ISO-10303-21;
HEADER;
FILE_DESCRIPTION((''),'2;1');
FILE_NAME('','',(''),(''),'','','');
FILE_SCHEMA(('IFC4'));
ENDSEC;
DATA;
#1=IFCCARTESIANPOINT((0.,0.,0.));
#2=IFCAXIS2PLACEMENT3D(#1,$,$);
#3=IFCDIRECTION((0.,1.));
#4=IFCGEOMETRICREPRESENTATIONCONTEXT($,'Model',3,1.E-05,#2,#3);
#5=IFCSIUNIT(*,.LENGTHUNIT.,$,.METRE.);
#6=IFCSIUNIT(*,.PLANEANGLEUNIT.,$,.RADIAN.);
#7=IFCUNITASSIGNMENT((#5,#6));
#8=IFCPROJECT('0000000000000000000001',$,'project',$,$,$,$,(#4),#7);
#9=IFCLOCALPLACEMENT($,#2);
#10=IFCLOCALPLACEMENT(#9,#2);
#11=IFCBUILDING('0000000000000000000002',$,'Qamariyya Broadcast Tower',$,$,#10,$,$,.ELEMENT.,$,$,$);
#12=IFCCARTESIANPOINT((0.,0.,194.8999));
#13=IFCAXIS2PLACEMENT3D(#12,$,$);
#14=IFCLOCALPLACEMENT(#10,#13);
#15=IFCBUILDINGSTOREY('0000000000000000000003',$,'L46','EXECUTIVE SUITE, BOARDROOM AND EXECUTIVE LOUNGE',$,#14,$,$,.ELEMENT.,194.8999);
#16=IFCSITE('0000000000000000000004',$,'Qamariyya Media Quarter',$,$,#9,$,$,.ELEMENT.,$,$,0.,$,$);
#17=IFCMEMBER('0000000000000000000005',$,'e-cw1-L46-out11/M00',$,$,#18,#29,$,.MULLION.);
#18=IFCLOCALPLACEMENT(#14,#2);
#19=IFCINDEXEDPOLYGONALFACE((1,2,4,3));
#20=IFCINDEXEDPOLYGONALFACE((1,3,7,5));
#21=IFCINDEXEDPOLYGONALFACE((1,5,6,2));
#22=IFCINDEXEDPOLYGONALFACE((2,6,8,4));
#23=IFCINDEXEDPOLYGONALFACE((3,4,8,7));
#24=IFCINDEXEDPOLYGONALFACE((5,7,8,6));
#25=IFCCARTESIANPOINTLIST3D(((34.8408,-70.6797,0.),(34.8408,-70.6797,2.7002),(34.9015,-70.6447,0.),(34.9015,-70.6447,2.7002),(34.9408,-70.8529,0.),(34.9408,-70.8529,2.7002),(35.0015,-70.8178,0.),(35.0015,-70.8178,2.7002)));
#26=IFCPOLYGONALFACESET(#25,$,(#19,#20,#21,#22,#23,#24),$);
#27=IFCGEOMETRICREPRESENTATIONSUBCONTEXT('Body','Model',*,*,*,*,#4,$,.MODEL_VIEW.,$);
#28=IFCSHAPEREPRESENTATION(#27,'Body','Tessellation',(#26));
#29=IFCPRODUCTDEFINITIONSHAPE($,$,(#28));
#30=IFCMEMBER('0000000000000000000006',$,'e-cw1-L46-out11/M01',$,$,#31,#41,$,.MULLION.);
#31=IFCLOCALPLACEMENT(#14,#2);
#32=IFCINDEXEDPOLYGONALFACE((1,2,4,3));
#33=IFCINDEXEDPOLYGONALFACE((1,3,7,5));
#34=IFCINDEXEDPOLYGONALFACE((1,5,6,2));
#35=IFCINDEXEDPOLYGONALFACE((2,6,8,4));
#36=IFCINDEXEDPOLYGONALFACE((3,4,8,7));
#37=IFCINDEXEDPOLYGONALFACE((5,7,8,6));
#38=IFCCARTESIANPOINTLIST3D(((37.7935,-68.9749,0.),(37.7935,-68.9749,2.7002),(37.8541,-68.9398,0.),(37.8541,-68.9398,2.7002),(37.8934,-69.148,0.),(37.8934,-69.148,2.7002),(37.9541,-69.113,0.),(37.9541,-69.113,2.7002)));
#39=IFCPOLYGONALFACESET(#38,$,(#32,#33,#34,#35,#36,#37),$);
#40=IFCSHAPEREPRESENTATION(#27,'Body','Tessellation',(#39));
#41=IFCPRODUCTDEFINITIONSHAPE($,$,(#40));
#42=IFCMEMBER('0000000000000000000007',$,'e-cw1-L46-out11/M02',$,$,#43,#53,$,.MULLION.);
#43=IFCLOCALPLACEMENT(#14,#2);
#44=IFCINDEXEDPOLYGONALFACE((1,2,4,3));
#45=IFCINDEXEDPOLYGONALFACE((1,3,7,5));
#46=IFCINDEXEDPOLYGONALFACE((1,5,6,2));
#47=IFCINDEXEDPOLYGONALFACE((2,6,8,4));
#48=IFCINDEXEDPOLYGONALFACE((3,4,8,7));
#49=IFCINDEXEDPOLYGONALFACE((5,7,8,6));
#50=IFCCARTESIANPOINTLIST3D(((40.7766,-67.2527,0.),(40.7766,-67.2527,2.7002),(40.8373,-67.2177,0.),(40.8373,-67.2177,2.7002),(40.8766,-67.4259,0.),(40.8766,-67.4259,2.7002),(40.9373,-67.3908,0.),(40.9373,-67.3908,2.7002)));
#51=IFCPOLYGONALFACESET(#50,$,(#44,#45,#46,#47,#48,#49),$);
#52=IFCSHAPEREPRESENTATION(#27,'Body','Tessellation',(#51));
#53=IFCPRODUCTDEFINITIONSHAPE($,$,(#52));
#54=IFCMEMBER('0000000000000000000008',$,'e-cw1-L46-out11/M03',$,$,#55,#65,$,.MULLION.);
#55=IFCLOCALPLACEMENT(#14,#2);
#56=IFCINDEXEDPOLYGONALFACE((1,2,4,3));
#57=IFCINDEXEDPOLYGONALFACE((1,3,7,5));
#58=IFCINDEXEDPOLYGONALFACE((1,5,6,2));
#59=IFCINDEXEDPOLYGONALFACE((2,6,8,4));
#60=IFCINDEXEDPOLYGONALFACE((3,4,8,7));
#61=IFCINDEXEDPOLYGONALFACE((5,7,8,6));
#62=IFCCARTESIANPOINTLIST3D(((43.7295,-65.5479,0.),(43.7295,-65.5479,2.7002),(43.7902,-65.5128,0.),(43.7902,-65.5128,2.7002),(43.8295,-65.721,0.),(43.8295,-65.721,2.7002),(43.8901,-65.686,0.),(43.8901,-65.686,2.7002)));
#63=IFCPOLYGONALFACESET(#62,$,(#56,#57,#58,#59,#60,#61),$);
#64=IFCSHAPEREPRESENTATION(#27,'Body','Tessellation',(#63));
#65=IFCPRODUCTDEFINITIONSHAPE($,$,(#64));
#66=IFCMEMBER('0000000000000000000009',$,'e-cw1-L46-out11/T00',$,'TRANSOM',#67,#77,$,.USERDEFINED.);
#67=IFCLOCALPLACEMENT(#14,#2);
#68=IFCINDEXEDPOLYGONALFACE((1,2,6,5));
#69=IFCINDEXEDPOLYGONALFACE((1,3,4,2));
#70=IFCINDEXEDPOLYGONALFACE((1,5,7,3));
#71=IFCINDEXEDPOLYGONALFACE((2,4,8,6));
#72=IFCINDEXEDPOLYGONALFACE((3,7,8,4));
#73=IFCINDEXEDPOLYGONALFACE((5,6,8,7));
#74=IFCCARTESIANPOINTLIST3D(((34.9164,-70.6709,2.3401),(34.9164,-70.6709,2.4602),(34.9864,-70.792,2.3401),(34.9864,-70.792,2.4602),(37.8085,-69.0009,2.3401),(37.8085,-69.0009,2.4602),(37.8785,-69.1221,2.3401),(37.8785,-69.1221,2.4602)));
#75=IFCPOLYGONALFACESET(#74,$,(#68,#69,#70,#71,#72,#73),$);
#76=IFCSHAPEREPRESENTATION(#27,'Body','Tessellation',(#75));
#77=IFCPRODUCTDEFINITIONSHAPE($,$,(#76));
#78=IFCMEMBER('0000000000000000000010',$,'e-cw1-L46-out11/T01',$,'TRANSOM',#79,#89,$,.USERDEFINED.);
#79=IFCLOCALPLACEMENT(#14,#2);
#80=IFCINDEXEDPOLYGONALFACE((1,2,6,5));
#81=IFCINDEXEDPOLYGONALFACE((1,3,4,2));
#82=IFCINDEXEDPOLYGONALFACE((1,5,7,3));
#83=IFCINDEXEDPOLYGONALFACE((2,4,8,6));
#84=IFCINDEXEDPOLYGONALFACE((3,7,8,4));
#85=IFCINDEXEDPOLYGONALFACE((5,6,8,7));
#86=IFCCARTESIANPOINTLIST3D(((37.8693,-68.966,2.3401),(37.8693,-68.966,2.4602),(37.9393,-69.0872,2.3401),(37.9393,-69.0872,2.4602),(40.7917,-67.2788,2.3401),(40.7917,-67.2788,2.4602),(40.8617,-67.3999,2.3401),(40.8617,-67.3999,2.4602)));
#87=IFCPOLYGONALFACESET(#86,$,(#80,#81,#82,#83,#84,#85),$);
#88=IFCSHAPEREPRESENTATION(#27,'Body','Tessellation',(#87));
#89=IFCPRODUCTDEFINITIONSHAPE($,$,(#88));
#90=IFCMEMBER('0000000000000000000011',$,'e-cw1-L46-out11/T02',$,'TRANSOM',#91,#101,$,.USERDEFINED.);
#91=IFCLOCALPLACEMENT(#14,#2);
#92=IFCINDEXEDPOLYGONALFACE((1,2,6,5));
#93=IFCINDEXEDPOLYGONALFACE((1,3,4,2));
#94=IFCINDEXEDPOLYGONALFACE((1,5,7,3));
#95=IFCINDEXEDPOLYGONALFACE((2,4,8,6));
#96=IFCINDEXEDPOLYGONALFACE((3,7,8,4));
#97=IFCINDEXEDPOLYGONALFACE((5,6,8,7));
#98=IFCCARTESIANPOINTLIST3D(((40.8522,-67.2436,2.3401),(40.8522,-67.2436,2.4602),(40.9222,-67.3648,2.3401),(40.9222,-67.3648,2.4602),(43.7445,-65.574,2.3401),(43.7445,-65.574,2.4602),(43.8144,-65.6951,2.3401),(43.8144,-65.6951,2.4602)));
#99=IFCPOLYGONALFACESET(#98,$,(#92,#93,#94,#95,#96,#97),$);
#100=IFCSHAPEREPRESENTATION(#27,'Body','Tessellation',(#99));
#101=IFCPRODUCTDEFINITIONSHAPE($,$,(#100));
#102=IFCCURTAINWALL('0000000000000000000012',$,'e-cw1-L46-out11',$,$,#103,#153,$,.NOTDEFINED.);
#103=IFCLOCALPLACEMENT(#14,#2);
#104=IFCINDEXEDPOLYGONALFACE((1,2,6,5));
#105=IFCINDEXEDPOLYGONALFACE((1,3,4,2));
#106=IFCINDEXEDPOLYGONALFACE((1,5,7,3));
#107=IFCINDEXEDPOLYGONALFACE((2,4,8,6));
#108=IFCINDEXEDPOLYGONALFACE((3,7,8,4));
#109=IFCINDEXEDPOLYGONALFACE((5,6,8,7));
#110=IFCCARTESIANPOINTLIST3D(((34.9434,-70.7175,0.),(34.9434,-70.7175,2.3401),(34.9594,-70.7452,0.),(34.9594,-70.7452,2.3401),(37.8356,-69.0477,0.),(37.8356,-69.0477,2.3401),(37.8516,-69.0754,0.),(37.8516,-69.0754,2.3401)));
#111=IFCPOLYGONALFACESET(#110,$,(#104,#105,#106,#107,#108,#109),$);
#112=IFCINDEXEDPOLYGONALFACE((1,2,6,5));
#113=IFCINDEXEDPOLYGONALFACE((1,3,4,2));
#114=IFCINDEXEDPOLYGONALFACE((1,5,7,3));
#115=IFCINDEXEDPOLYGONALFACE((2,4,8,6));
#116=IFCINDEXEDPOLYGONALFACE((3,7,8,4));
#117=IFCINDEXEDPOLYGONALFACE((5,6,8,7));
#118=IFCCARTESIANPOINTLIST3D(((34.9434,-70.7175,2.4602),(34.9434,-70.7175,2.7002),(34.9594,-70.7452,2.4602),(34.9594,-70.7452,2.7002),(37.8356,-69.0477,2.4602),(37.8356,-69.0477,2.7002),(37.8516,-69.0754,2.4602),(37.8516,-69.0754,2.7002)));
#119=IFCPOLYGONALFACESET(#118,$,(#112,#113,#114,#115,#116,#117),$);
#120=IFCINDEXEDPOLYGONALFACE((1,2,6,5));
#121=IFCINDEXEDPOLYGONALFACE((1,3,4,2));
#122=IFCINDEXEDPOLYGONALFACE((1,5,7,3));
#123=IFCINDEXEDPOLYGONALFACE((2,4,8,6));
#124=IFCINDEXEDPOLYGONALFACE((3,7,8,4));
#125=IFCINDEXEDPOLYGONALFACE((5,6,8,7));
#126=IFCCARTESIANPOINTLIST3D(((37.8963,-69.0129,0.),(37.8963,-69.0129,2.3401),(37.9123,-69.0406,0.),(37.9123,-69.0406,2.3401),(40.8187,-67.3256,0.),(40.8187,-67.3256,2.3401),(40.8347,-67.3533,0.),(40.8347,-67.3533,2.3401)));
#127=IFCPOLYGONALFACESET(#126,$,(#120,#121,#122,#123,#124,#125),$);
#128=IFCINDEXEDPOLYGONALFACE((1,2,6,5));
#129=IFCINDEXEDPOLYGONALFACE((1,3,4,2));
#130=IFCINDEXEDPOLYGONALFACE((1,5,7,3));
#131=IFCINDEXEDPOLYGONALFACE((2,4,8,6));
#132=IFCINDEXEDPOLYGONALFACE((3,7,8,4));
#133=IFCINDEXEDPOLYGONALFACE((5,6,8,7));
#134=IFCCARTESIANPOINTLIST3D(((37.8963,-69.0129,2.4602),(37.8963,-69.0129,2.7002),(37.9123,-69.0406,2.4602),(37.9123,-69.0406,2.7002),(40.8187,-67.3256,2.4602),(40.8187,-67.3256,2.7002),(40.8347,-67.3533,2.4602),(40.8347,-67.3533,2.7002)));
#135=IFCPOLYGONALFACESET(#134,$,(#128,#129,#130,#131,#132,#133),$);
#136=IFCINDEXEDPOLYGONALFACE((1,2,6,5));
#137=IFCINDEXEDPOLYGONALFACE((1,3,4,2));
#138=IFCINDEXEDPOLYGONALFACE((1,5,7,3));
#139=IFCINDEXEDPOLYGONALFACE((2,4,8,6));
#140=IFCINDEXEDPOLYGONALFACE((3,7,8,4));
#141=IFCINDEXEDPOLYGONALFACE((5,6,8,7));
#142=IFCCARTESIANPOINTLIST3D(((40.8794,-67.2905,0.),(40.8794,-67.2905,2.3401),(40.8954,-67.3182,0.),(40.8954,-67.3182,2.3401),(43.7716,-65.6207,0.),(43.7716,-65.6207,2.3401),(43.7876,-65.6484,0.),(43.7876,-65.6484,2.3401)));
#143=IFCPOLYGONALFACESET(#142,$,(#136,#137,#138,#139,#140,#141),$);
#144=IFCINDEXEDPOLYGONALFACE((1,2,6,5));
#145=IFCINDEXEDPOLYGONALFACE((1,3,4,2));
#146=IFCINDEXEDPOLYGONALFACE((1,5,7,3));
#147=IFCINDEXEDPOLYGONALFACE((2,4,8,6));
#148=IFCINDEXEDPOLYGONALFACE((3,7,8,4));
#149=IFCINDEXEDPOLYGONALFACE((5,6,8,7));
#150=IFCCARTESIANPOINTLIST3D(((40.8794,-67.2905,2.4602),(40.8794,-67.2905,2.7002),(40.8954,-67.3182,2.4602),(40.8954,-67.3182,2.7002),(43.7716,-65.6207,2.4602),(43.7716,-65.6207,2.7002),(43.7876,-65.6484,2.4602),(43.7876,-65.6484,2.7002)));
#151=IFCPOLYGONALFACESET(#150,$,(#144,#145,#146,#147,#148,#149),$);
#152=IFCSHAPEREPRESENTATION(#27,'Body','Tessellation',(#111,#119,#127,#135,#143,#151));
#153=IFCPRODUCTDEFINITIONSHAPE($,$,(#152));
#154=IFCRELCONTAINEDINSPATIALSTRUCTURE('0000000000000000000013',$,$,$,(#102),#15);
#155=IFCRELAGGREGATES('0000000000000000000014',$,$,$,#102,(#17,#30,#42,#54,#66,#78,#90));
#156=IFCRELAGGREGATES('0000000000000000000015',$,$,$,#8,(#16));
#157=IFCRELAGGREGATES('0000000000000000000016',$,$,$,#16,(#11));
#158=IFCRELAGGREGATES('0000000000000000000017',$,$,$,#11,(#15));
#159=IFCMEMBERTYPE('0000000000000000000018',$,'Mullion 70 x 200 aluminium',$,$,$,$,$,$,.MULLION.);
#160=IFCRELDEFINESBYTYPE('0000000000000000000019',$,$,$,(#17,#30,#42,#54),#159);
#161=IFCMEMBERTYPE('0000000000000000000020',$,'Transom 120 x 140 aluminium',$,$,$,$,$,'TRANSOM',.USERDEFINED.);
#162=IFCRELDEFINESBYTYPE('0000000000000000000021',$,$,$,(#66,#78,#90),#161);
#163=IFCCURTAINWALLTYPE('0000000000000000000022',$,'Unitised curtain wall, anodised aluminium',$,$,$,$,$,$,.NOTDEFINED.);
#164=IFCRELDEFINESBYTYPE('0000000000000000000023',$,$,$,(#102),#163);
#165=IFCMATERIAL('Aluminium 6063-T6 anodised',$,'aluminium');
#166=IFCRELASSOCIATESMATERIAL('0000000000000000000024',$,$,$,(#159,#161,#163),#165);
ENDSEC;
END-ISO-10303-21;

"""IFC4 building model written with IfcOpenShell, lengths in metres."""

from ifc_helpers import new_model, si_unit, direction, frame, origin, origin_2d, place, context, subcontext, project, spatial, rectangle, extrude, material, material_profile, profile_set, type_object, element, aggregate, save


model = new_model("IFC4")

# Units and contexts
model_context = context("Model", 3, precision=1e-05, world=origin(), true_north=direction((0.0, 1.0)))
body_context = subcontext(model_context, "Body", "Model", "MODEL_VIEW")
ifc_project = project(units=[si_unit("LENGTHUNIT", "METRE"), si_unit("PLANEANGLEUNIT", "RADIAN")], contexts=[model_context])

# Members
ifc_material = material(Name="Aluminium 6063-T6 anodised", Category="aluminium")
ifc_material_profile_1 = material_profile(ifc_material, rectangle(XDim=0.2, YDim=0.0701, at=origin_2d()))
ifc_profile_set_1 = profile_set([ifc_material_profile_1], Name="Aluminium 6063-T6 anodised")
member_type_1 = type_object("IfcMemberType", Name="Mullion 70 x 200 aluminium", PredefinedType="MULLION", material=ifc_profile_set_1)
site_placement = place(None, origin())
building_placement = place(site_placement, origin())
storey_placement = place(building_placement, frame((0.0, 0.0, 194.8999)))
member_1_placement = place(storey_placement, frame((34.9211, -70.7488, 0.0), z_axis=(0.0, 0.0, 1.0), x_axis=(-0.5, 0.866025, 0.0)))
member_1 = element("IfcMember", 1, at=member_1_placement, type_object=member_type_1, Name="e-cw1-L46-out11/M00", PredefinedType="MULLION", context=body_context, shape_type="SweptSolid", body=[
    extrude(rectangle(XDim=0.2, YDim=0.0701, at=origin_2d()), origin(), (0.0, 0.0, 1.0), 2.7002),
])
member_2_placement = place(storey_placement, frame((37.8738, -69.0439, 0.0), z_axis=(0.0, 0.0, 1.0), x_axis=(-0.5, 0.866025, 0.0)))
member_2 = element("IfcMember", 2, at=member_2_placement, type_object=member_type_1, Name="e-cw1-L46-out11/M01", PredefinedType="MULLION", context=body_context, shape_type="SweptSolid", body=[
    extrude(rectangle(XDim=0.2, YDim=0.0701, at=origin_2d()), origin(), (0.0, 0.0, 1.0), 2.7002),
])
member_3_placement = place(storey_placement, frame((40.8569, -67.3218, 0.0), z_axis=(0.0, 0.0, 1.0), x_axis=(-0.5, 0.866025, 0.0)))
member_3 = element("IfcMember", 3, at=member_3_placement, type_object=member_type_1, Name="e-cw1-L46-out11/M02", PredefinedType="MULLION", context=body_context, shape_type="SweptSolid", body=[
    extrude(rectangle(XDim=0.2, YDim=0.0701, at=origin_2d()), origin(), (0.0, 0.0, 1.0), 2.7002),
])
member_4_placement = place(storey_placement, frame((43.8098, -65.6169, 0.0), z_axis=(0.0, 0.0, 1.0), x_axis=(-0.5, 0.866025, 0.0)))
member_4 = element("IfcMember", 4, at=member_4_placement, type_object=member_type_1, Name="e-cw1-L46-out11/M03", PredefinedType="MULLION", context=body_context, shape_type="SweptSolid", body=[
    extrude(rectangle(XDim=0.2, YDim=0.0701, at=origin_2d()), origin(), (0.0, 0.0, 1.0), 2.7002),
])
ifc_material_profile_2 = material_profile(ifc_material, rectangle(XDim=0.1399, YDim=0.1201, at=origin_2d()))
ifc_profile_set_2 = profile_set([ifc_material_profile_2], Name="Aluminium 6063-T6 anodised")
member_type_2 = type_object("IfcMemberType", Name="Transom 120 x 140 aluminium", ElementType="TRANSOM", PredefinedType="USERDEFINED", material=ifc_profile_set_2)
member_5_placement = place(storey_placement, frame((34.9514, -70.7314, 2.4001), z_axis=(0.866003, 0.500039, 0.0), x_axis=(-0.500039, 0.866003, 0.0)))
member_5 = element("IfcMember", 5, at=member_5_placement, type_object=member_type_2, Name="e-cw1-L46-out11/T00", ObjectType="TRANSOM", PredefinedType="USERDEFINED", context=body_context, shape_type="SweptSolid", body=[
    extrude(rectangle(XDim=0.1399, YDim=0.1201, at=origin_2d()), origin(), (0.0, 0.0, 1.0), 3.3396),
])
member_6_placement = place(storey_placement, frame((37.9043, -69.0266, 2.4001), z_axis=(0.866022, 0.500006, 0.0), x_axis=(-0.500006, 0.866022, 0.0)))
member_6 = element("IfcMember", 6, at=member_6_placement, type_object=member_type_2, Name="e-cw1-L46-out11/T01", ObjectType="TRANSOM", PredefinedType="USERDEFINED", context=body_context, shape_type="SweptSolid", body=[
    extrude(rectangle(XDim=0.1399, YDim=0.1201, at=origin_2d()), origin(), (0.0, 0.0, 1.0), 3.3745),
])
member_7_placement = place(storey_placement, frame((40.8872, -67.3042, 2.4001), z_axis=(0.866053, 0.499952, 0.0), x_axis=(-0.499952, 0.866053, 0.0)))
member_7 = element("IfcMember", 7, at=member_7_placement, type_object=member_type_2, Name="e-cw1-L46-out11/T02", ObjectType="TRANSOM", PredefinedType="USERDEFINED", context=body_context, shape_type="SweptSolid", body=[
    extrude(rectangle(XDim=0.1399, YDim=0.1201, at=origin_2d()), origin(), (0.0, 0.0, 1.0), 3.3396),
])

# Site, building, storey
site = spatial("IfcSite", under=ifc_project, at=site_placement, Name="Qamariyya Media Quarter", CompositionType="ELEMENT", RefElevation=0.0)
building = spatial("IfcBuilding", under=site, at=building_placement, Name="Qamariyya Broadcast Tower", CompositionType="ELEMENT")
storey = spatial("IfcBuildingStorey", under=building, at=storey_placement, Name="L46", Description="EXECUTIVE SUITE, BOARDROOM AND EXECUTIVE LOUNGE", CompositionType="ELEMENT", Elevation=194.8999)

# Curtain wall
curtain_wall_type = type_object("IfcCurtainWallType", Name="Unitised curtain wall, anodised aluminium", PredefinedType="NOTDEFINED", material=ifc_material)
curtain_wall_1_placement = place(storey_placement, origin())
curtain_wall_1 = element("IfcCurtainWall", 8, at=curtain_wall_1_placement, inside=storey, type_object=curtain_wall_type, Name="e-cw1-L46-out11", PredefinedType="NOTDEFINED", context=body_context, shape_type="SweptSolid", body=[
    extrude(rectangle(XDim=3.3396, YDim=0.032, at=origin_2d()), frame((36.3975, -69.8965, 0.0), x_axis=(0.866029, 0.499994, 0.0)), (0.0, 0.0, 1.0), 2.3401),
    extrude(rectangle(XDim=3.3396, YDim=0.032, at=origin_2d()), frame((36.3975, -69.8965, 2.4602), x_axis=(0.866029, 0.499994, 0.0)), (0.0, 0.0, 1.0), 0.24),
    extrude(rectangle(XDim=3.3745, YDim=0.032, at=origin_2d()), frame((39.3655, -68.1831, 0.0), x_axis=(0.866029, 0.499994, 0.0)), (0.0, 0.0, 1.0), 2.3401),
    extrude(rectangle(XDim=3.3745, YDim=0.032, at=origin_2d()), frame((39.3655, -68.1831, 2.4602), x_axis=(0.866029, 0.499994, 0.0)), (0.0, 0.0, 1.0), 0.24),
    extrude(rectangle(XDim=3.3396, YDim=0.032, at=origin_2d()), frame((42.3335, -66.4695, 0.0), x_axis=(0.866029, 0.499994, 0.0)), (0.0, 0.0, 1.0), 2.3401),
    extrude(rectangle(XDim=3.3396, YDim=0.032, at=origin_2d()), frame((42.3335, -66.4695, 2.4602), x_axis=(0.866029, 0.499994, 0.0)), (0.0, 0.0, 1.0), 0.24),
])
aggregate(curtain_wall_1, [member_1, member_2, member_3, member_4, member_5, member_6, member_7])

save(model, "model.ifc")
